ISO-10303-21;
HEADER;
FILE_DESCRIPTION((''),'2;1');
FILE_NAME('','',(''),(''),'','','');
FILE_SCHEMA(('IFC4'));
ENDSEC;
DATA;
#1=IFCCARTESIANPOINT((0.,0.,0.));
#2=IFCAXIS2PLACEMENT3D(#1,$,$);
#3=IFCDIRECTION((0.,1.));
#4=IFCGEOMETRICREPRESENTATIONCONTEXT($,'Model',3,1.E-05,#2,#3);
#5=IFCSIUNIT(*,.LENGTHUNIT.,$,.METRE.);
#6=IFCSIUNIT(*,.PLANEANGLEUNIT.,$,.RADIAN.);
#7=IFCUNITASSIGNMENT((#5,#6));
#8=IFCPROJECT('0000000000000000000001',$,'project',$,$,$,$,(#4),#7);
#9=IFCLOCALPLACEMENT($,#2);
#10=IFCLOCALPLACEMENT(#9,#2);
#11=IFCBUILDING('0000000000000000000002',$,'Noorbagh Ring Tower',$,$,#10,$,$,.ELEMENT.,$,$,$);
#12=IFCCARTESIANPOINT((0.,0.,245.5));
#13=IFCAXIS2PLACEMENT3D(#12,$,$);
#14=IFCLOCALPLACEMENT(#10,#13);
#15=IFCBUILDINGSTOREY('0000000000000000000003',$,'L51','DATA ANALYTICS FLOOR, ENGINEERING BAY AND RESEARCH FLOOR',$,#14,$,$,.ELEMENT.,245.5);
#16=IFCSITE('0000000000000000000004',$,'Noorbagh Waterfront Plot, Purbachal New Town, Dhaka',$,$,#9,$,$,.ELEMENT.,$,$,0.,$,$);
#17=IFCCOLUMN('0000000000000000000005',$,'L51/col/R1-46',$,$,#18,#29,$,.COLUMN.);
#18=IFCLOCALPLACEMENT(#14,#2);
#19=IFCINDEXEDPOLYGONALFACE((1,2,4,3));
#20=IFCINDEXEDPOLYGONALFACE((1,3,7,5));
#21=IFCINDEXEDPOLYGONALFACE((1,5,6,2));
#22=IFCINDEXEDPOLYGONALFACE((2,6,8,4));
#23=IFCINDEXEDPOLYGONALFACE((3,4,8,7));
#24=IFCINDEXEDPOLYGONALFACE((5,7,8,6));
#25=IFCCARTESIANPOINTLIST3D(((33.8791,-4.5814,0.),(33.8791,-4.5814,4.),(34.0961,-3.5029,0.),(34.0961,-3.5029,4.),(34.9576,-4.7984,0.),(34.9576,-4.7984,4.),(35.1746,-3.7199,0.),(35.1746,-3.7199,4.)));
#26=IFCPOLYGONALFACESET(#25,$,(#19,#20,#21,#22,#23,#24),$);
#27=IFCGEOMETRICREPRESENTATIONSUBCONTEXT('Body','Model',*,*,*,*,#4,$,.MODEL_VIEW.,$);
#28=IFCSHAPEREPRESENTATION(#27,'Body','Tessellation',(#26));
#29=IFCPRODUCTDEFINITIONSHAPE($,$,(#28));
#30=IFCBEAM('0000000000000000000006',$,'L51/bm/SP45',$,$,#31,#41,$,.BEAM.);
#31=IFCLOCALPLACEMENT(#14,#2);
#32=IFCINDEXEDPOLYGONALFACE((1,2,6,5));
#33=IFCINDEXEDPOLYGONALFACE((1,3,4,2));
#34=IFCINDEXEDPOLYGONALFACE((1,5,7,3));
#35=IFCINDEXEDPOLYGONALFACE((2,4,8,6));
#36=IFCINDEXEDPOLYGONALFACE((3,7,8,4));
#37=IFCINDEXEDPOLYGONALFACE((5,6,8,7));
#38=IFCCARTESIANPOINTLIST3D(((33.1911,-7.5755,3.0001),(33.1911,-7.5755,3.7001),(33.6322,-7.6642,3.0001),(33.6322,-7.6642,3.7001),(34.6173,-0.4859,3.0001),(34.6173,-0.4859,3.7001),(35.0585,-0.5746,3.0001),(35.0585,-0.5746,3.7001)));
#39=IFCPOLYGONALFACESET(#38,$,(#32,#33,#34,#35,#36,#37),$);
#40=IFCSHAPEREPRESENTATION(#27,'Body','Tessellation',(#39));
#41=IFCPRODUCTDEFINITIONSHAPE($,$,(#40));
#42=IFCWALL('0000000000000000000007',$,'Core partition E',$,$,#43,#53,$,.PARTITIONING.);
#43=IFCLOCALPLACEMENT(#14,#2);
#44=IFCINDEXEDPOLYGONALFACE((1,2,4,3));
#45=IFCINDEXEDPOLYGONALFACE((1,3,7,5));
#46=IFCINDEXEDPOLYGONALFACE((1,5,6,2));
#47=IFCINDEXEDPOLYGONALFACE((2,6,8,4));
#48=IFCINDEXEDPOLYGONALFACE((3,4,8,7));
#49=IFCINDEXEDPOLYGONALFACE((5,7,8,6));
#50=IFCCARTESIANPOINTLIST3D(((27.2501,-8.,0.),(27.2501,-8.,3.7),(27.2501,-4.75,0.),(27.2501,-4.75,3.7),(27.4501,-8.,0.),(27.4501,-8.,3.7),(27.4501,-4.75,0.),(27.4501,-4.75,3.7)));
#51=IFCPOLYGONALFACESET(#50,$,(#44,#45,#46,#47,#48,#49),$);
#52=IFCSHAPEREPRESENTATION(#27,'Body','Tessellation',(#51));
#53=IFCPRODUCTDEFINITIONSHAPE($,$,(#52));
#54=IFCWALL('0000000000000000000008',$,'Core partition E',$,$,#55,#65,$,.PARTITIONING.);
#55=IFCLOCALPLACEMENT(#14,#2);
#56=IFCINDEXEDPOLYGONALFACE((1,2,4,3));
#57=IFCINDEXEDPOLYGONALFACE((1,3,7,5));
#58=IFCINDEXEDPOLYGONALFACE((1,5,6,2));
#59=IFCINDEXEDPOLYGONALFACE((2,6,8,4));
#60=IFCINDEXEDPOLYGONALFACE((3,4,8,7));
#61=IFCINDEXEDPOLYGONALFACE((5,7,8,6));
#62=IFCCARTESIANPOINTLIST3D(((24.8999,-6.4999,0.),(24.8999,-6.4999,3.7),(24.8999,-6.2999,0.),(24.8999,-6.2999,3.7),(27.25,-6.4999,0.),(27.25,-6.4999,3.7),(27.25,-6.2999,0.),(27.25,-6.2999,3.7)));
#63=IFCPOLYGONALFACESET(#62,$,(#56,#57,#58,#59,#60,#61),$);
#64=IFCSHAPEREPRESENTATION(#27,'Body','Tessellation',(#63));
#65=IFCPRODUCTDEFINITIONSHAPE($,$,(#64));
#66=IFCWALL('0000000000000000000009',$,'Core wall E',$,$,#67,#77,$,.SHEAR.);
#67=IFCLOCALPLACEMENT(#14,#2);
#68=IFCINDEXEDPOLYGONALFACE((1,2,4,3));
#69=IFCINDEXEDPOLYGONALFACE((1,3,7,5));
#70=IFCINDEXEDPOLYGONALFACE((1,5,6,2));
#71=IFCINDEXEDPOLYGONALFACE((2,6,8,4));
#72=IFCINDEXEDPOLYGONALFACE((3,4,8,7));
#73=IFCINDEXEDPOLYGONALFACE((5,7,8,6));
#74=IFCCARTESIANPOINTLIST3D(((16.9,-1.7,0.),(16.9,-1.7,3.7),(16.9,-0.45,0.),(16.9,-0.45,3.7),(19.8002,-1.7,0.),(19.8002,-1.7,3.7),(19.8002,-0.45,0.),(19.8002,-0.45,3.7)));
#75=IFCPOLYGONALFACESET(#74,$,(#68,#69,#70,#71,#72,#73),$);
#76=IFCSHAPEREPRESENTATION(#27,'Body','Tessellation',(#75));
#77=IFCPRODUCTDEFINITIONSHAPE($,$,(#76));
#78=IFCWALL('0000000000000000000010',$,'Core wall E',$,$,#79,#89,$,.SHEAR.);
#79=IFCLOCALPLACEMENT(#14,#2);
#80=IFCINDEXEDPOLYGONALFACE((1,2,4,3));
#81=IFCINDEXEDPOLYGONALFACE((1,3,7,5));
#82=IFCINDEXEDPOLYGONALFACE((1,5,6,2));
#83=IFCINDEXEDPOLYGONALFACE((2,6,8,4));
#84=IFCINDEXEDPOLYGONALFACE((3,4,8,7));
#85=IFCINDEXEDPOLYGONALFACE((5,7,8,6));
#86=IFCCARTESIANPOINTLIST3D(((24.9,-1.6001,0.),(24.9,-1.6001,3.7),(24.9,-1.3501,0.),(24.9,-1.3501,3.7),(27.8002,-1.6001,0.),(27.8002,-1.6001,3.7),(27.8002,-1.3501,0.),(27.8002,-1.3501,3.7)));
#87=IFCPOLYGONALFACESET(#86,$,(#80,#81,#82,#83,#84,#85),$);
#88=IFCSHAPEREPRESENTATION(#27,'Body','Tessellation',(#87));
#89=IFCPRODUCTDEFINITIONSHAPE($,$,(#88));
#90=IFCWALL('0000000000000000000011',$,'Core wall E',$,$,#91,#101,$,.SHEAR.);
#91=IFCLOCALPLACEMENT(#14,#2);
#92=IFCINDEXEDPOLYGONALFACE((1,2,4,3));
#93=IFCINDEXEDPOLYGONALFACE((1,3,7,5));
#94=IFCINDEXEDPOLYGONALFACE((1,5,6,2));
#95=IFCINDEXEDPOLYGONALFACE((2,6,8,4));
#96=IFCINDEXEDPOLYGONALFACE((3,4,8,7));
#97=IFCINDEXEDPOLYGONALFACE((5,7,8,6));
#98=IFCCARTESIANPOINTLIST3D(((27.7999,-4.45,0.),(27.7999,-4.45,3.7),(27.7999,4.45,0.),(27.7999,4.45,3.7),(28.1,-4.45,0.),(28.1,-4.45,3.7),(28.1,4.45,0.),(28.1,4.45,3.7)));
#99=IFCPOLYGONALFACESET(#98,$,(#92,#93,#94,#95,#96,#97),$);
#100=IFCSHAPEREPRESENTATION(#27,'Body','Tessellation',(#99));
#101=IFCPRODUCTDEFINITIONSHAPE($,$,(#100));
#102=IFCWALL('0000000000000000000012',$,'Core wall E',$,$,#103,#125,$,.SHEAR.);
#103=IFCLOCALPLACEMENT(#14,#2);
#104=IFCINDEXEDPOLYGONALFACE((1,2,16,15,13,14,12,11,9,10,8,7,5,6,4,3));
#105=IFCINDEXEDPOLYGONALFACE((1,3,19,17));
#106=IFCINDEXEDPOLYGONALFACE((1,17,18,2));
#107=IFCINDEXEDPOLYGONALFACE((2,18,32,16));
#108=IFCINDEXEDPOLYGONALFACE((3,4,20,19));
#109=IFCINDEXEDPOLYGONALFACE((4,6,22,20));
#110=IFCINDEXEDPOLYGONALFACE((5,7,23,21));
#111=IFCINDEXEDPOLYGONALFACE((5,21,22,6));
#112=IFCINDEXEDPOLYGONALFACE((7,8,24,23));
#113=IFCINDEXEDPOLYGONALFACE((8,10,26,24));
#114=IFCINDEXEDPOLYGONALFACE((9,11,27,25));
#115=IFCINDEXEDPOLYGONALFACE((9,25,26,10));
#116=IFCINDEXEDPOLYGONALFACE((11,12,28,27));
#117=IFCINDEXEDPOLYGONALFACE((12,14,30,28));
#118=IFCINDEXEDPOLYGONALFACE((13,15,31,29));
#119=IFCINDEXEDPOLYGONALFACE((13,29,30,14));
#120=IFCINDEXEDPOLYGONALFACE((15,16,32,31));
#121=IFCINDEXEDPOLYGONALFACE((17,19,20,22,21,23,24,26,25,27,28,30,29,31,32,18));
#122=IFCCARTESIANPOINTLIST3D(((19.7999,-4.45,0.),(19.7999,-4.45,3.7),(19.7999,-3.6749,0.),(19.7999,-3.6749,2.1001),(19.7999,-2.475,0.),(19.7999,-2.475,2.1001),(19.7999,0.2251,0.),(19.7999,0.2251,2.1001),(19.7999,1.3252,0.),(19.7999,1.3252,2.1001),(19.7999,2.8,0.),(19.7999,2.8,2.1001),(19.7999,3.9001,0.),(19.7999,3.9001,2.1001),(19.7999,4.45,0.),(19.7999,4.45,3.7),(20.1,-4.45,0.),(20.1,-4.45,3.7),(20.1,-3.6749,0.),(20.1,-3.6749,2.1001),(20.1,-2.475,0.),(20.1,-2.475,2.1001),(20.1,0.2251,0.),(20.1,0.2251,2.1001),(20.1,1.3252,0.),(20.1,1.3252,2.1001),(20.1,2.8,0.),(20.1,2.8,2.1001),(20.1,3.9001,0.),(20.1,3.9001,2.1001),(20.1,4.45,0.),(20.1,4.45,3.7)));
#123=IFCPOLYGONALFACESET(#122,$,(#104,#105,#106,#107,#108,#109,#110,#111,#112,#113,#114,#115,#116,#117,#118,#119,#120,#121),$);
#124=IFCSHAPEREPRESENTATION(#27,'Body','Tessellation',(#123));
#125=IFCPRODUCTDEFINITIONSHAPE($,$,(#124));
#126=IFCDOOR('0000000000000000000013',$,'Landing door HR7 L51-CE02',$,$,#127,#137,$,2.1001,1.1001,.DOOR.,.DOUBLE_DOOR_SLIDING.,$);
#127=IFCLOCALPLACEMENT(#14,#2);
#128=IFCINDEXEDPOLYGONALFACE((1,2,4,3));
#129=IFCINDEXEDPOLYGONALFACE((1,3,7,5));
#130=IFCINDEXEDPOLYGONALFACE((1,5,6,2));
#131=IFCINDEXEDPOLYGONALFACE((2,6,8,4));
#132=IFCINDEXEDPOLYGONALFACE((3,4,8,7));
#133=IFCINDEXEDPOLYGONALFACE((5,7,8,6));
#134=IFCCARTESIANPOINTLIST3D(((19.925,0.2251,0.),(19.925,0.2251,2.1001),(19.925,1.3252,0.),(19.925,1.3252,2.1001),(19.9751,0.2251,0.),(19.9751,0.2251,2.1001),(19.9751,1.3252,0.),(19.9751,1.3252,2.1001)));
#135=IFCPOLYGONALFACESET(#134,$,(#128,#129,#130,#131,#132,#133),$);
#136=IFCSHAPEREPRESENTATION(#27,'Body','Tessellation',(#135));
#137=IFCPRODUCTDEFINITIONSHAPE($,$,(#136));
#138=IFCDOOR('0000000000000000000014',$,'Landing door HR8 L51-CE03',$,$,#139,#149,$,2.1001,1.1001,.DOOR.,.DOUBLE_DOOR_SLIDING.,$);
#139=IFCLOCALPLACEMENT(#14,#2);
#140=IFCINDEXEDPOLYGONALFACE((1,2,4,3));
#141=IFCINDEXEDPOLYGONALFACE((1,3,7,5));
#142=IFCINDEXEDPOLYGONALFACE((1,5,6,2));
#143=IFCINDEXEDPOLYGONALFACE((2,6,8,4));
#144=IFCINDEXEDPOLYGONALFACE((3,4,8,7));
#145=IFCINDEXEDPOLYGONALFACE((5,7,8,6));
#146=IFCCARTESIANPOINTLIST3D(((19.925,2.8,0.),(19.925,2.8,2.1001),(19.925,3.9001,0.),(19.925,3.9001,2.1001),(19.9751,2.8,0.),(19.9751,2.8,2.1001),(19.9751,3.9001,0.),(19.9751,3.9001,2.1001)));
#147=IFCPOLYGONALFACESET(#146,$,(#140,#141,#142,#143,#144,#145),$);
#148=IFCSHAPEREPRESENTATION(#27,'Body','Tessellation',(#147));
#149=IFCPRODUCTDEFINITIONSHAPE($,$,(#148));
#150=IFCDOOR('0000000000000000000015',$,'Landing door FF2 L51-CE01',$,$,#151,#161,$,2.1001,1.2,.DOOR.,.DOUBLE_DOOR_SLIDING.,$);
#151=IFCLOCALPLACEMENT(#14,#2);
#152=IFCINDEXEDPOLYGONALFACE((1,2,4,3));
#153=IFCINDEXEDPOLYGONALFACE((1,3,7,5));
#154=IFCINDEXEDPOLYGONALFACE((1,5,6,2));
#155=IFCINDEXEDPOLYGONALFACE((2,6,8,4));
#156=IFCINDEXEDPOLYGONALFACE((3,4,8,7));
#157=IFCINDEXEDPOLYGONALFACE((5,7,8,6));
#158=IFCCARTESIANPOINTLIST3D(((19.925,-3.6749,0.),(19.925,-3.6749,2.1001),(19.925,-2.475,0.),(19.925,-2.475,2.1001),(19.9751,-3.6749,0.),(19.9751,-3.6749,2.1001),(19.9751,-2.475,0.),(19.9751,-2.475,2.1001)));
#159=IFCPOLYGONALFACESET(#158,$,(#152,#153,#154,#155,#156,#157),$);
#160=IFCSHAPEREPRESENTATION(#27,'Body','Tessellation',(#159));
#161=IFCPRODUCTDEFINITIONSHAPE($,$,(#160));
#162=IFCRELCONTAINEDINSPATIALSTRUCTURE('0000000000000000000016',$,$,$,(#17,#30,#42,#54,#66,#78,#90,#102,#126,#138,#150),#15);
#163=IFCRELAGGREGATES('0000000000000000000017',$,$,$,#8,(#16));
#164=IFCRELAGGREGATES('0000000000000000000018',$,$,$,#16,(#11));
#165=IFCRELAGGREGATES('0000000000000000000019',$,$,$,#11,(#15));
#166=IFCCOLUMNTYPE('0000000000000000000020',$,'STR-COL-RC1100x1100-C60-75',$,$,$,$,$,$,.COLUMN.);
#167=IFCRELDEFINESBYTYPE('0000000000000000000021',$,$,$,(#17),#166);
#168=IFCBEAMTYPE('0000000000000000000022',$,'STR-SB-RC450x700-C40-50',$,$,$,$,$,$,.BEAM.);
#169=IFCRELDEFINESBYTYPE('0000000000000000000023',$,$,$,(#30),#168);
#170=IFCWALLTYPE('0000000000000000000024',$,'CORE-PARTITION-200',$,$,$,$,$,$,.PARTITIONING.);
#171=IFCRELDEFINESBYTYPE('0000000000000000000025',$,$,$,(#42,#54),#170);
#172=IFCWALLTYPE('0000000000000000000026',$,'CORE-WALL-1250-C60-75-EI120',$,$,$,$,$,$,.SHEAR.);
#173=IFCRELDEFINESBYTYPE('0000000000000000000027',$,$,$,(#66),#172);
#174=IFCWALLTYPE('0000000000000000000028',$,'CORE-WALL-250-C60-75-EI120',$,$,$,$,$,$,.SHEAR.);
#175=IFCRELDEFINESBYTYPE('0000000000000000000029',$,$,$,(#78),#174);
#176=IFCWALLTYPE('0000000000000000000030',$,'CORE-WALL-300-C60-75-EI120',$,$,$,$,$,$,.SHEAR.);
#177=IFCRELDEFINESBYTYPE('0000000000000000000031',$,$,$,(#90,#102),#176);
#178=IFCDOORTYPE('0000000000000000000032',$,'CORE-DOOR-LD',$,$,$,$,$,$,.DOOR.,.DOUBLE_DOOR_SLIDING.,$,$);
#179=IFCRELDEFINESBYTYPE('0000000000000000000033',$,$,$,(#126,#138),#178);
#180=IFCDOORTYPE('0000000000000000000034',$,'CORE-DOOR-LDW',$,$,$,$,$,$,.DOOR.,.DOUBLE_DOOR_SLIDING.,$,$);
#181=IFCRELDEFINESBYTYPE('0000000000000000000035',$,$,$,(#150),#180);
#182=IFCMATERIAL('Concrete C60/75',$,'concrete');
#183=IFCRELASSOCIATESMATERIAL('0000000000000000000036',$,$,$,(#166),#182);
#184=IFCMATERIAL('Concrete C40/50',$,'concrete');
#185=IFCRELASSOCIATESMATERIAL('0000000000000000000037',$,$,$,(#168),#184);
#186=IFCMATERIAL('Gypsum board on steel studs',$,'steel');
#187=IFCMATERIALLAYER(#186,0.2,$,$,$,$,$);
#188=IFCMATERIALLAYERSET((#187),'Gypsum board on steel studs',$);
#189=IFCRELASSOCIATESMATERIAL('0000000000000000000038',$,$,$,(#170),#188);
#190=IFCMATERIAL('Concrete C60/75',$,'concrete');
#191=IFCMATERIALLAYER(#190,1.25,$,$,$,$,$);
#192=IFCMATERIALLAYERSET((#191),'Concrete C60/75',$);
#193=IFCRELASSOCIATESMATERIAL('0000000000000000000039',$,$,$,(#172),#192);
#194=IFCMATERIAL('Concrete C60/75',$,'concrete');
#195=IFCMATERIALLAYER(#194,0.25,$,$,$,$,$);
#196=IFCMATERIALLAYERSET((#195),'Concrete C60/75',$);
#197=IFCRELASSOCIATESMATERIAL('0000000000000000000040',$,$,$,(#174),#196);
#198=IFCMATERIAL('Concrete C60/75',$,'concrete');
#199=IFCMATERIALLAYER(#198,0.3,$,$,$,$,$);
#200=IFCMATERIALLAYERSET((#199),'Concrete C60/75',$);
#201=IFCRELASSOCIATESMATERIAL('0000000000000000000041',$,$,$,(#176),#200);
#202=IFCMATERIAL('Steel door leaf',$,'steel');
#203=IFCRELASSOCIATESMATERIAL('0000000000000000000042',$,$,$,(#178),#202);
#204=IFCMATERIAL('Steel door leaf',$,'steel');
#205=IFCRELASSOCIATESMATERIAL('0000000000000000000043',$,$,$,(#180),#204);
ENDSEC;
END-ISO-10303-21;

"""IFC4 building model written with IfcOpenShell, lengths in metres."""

from ifc_helpers import new_model, si_unit, direction, frame, frame_2d, origin, origin_2d, place, context, subcontext, project, spatial, rectangle, extrude, material, layer, layer_set, material_profile, profile_set, type_object, element, fill, save


model = new_model("IFC4")

# Units and contexts
model_context = context("Model", 3, precision=1e-05, world=origin(), true_north=direction((0.0, 1.0)))
body_context = subcontext(model_context, "Body", "Model", "MODEL_VIEW")
ifc_project = project(units=[si_unit("LENGTHUNIT", "METRE"), si_unit("PLANEANGLEUNIT", "RADIAN")], contexts=[model_context])

# Site, building, storey
site_placement = place(None, origin())
site = spatial("IfcSite", under=ifc_project, at=site_placement, Name="Noorbagh Waterfront Plot, Purbachal New Town, Dhaka", CompositionType="ELEMENT", RefElevation=0.0)
building_placement = place(site_placement, origin())
building = spatial("IfcBuilding", under=site, at=building_placement, Name="Noorbagh Ring Tower", CompositionType="ELEMENT")
storey_placement = place(building_placement, frame((0.0, 0.0, 245.5)))
storey = spatial("IfcBuildingStorey", under=building, at=storey_placement, Name="L51", Description="DATA ANALYTICS FLOOR, ENGINEERING BAY AND RESEARCH FLOOR", CompositionType="ELEMENT", Elevation=245.5)

# Column
ifc_material_1 = material(Name="Concrete C60/75", Category="concrete")
ifc_material_profile_1 = material_profile(ifc_material_1, rectangle(XDim=1.1001, YDim=1.1001, at=origin_2d()), Name="RC1100x1100")
ifc_profile_set_1 = profile_set([ifc_material_profile_1], Name="Concrete C60/75")
column_type = type_object("IfcColumnType", Name="STR-COL-RC1100x1100-C60-75", PredefinedType="COLUMN", material=ifc_profile_set_1)
column_placement = place(storey_placement, frame((34.5269, -4.1506, 0.0), z_axis=(0.0, 0.0, 1.0), x_axis=(0.19723, 0.980357, 0.0)))
element("IfcColumn", 1, at=column_placement, inside=storey, type_object=column_type, Name="L51/col/R1-46", PredefinedType="COLUMN", context=body_context, shape_type="SweptSolid", body=[
    extrude(rectangle(XDim=1.1001, YDim=1.1001, at=origin_2d()), origin(), (0.0, 0.0, 1.0), 4.0),
])

# Beam
ifc_material_2 = material(Name="Concrete C40/50", Category="concrete")
ifc_material_profile_2 = material_profile(ifc_material_2, rectangle(XDim=0.45, YDim=0.7, at=origin_2d()), Name="RC450x700")
ifc_profile_set_2 = profile_set([ifc_material_profile_2], Name="Concrete C40/50")
beam_type = type_object("IfcBeamType", Name="STR-SB-RC450x700-C40-50", PredefinedType="BEAM", material=ifc_profile_set_2)
beam_placement = place(storey_placement, frame((33.4116, -7.6199, 3.3501), z_axis=(0.197226, 0.980358, 0.0), x_axis=(-0.980358, 0.197226, 0.0)))
element("IfcBeam", 2, at=beam_placement, inside=storey, type_object=beam_type, Name="L51/bm/SP45", PredefinedType="BEAM", context=body_context, shape_type="SweptSolid", body=[
    extrude(rectangle(XDim=0.45, YDim=0.7, at=origin_2d()), origin(), (0.0, 0.0, 1.0), 7.2317),
])

# Walls
ifc_material_3 = material(Name="Gypsum board on steel studs", Category="steel")
ifc_layer_1 = layer(ifc_material_3, 0.2)
ifc_layer_set_1 = layer_set([ifc_layer_1], Name="Gypsum board on steel studs")
wall_type_1 = type_object("IfcWallType", Name="CORE-PARTITION-200", PredefinedType="PARTITIONING", material=ifc_layer_set_1)
wall_1_placement = place(storey_placement, frame((27.3501, -8.0, 0.0), z_axis=(0.0, 0.0, 1.0), x_axis=(0.0, 1.0, 0.0)))
element("IfcWall", 3, at=wall_1_placement, inside=storey, type_object=wall_type_1, Name="Core partition E", PredefinedType="PARTITIONING", context=body_context, shape_type="SweptSolid", body=[
    extrude(rectangle(XDim=3.25, YDim=0.2, at=frame_2d((1.625, 0.0))), origin(), (0.0, 0.0, 1.0), 3.7),
])
wall_2_placement = place(storey_placement, frame((24.8999, -6.3999, 0.0), z_axis=(0.0, 0.0, 1.0), x_axis=(1.0, 0.0, 0.0)))
element("IfcWall", 4, at=wall_2_placement, inside=storey, type_object=wall_type_1, Name="Core partition E", PredefinedType="PARTITIONING", context=body_context, shape_type="SweptSolid", body=[
    extrude(rectangle(XDim=2.3501, YDim=0.2, at=frame_2d((1.175, 0.0))), origin(), (0.0, 0.0, 1.0), 3.7),
])
ifc_material_4 = material(Name="Concrete C60/75", Category="concrete")
ifc_layer_2 = layer(ifc_material_4, 1.25)
ifc_layer_set_2 = layer_set([ifc_layer_2], Name="Concrete C60/75")
wall_type_2 = type_object("IfcWallType", Name="CORE-WALL-1250-C60-75-EI120", PredefinedType="SHEAR", material=ifc_layer_set_2)
wall_3_placement = place(storey_placement, frame((16.8999, -1.075, 0.0), z_axis=(0.0, 0.0, 1.0), x_axis=(1.0, 0.0, 0.0)))
element("IfcWall", 5, at=wall_3_placement, inside=storey, type_object=wall_type_2, Name="Core wall E", PredefinedType="SHEAR", context=body_context, shape_type="SweptSolid", body=[
    extrude(rectangle(XDim=2.9001, YDim=1.25, at=frame_2d((1.4502, 0.0))), origin(), (0.0, 0.0, 1.0), 3.7),
])
ifc_material_5 = material(Name="Concrete C60/75", Category="concrete")
ifc_layer_3 = layer(ifc_material_5, 0.25)
ifc_layer_set_3 = layer_set([ifc_layer_3], Name="Concrete C60/75")
wall_type_3 = type_object("IfcWallType", Name="CORE-WALL-250-C60-75-EI120", PredefinedType="SHEAR", material=ifc_layer_set_3)
wall_4_placement = place(storey_placement, frame((24.8999, -1.4751, 0.0), z_axis=(0.0, 0.0, 1.0), x_axis=(1.0, 0.0, 0.0)))
element("IfcWall", 6, at=wall_4_placement, inside=storey, type_object=wall_type_3, Name="Core wall E", PredefinedType="SHEAR", context=body_context, shape_type="SweptSolid", body=[
    extrude(rectangle(XDim=2.9001, YDim=0.25, at=frame_2d((1.4502, 0.0))), origin(), (0.0, 0.0, 1.0), 3.7),
])
ifc_material_6 = material(Name="Concrete C60/75", Category="concrete")
ifc_layer_4 = layer(ifc_material_6, 0.3)
ifc_layer_set_4 = layer_set([ifc_layer_4], Name="Concrete C60/75")
wall_type_4 = type_object("IfcWallType", Name="CORE-WALL-300-C60-75-EI120", PredefinedType="SHEAR", material=ifc_layer_set_4)
wall_5_placement = place(storey_placement, frame((27.95, -4.45, 0.0), z_axis=(0.0, 0.0, 1.0), x_axis=(0.0, 1.0, 0.0)))
element("IfcWall", 7, at=wall_5_placement, inside=storey, type_object=wall_type_4, Name="Core wall E", PredefinedType="SHEAR", context=body_context, shape_type="SweptSolid", body=[
    extrude(rectangle(XDim=8.8999, YDim=0.3, at=frame_2d((4.45, 0.0))), origin(), (0.0, 0.0, 1.0), 3.7),
])

# Wall, openings, doors
wall_6_placement = place(storey_placement, frame((19.95, -4.45, 0.0), z_axis=(0.0, 0.0, 1.0), x_axis=(0.0, 1.0, 0.0)))
wall_6 = element("IfcWall", 8, at=wall_6_placement, inside=storey, type_object=wall_type_4, Name="Core wall E", PredefinedType="SHEAR", context=body_context, shape_type="SweptSolid", body=[
    extrude(rectangle(XDim=8.8999, YDim=0.3, at=frame_2d((4.45, 0.0))), origin(), (0.0, 0.0, 1.0), 3.7),
])
opening_1_placement = place(wall_6_placement, frame((0.7749, 0.0, 0.0)))
opening_1 = element("IfcOpeningElement", 9, at=opening_1_placement, cuts=wall_6, PredefinedType="OPENING", context=body_context, shape_type="SweptSolid", body=[
    extrude(rectangle(XDim=1.2, YDim=2.1001, at=frame_2d((0.6001, 1.05))), frame((0.0, 0.1602, 0.0), z_axis=(0.0, -1.0, 0.0), x_axis=(1.0, 0.0, 0.0)), (0.0, 0.0, 1.0), 0.3201),
])
opening_2_placement = place(wall_6_placement, frame((4.675, 0.0, 0.0)))
opening_2 = element("IfcOpeningElement", 10, at=opening_2_placement, cuts=wall_6, PredefinedType="OPENING", context=body_context, shape_type="SweptSolid", body=[
    extrude(rectangle(XDim=1.1001, YDim=2.1001, at=frame_2d((0.55, 1.05))), frame((0.0, 0.1602, 0.0), z_axis=(0.0, -1.0, 0.0), x_axis=(1.0, 0.0, 0.0)), (0.0, 0.0, 1.0), 0.3201),
])
opening_3_placement = place(wall_6_placement, frame((7.25, 0.0, 0.0)))
opening_3 = element("IfcOpeningElement", 11, at=opening_3_placement, cuts=wall_6, PredefinedType="OPENING", context=body_context, shape_type="SweptSolid", body=[
    extrude(rectangle(XDim=1.1001, YDim=2.1001, at=frame_2d((0.55, 1.05))), frame((0.0, 0.1602, 0.0), z_axis=(0.0, -1.0, 0.0), x_axis=(1.0, 0.0, 0.0)), (0.0, 0.0, 1.0), 0.3201),
])
ifc_material_7 = material(Name="Steel door leaf", Category="steel")
door_type_1 = type_object("IfcDoorType", Name="CORE-DOOR-LD", OperationType="DOUBLE_DOOR_SLIDING", PredefinedType="DOOR", material=ifc_material_7)
door_1_placement = place(opening_2_placement, origin())
door_1 = element("IfcDoor", 12, at=door_1_placement, inside=storey, type_object=door_type_1, Name="Landing door HR7 L51-CE02", OperationType="DOUBLE_DOOR_SLIDING", OverallHeight=2.1001, OverallWidth=1.1001, PredefinedType="DOOR", context=body_context, shape_type="SweptSolid", body=[
    extrude(rectangle(XDim=1.1001, YDim=2.1001, at=frame_2d((0.55, 1.05))), frame((0.0, 0.0249, 0.0), z_axis=(0.0, -1.0, 0.0), x_axis=(1.0, 0.0, 0.0)), (0.0, 0.0, 1.0), 0.05),
])
fill(opening_2, door_1)
door_2_placement = place(opening_3_placement, origin())
door_2 = element("IfcDoor", 13, at=door_2_placement, inside=storey, type_object=door_type_1, Name="Landing door HR8 L51-CE03", OperationType="DOUBLE_DOOR_SLIDING", OverallHeight=2.1001, OverallWidth=1.1001, PredefinedType="DOOR", context=body_context, shape_type="SweptSolid", body=[
    extrude(rectangle(XDim=1.1001, YDim=2.1001, at=frame_2d((0.55, 1.05))), frame((0.0, 0.0249, 0.0), z_axis=(0.0, -1.0, 0.0), x_axis=(1.0, 0.0, 0.0)), (0.0, 0.0, 1.0), 0.05),
])
fill(opening_3, door_2)
ifc_material_8 = material(Name="Steel door leaf", Category="steel")
door_type_2 = type_object("IfcDoorType", Name="CORE-DOOR-LDW", OperationType="DOUBLE_DOOR_SLIDING", PredefinedType="DOOR", material=ifc_material_8)
door_3_placement = place(opening_1_placement, origin())
door_3 = element("IfcDoor", 14, at=door_3_placement, inside=storey, type_object=door_type_2, Name="Landing door FF2 L51-CE01", OperationType="DOUBLE_DOOR_SLIDING", OverallHeight=2.1001, OverallWidth=1.2, PredefinedType="DOOR", context=body_context, shape_type="SweptSolid", body=[
    extrude(rectangle(XDim=1.2, YDim=2.1001, at=frame_2d((0.6001, 1.05))), frame((0.0, 0.0249, 0.0), z_axis=(0.0, -1.0, 0.0), x_axis=(1.0, 0.0, 0.0)), (0.0, 0.0, 1.0), 0.05),
])
fill(opening_1, door_3)

save(model, "model.ifc")
